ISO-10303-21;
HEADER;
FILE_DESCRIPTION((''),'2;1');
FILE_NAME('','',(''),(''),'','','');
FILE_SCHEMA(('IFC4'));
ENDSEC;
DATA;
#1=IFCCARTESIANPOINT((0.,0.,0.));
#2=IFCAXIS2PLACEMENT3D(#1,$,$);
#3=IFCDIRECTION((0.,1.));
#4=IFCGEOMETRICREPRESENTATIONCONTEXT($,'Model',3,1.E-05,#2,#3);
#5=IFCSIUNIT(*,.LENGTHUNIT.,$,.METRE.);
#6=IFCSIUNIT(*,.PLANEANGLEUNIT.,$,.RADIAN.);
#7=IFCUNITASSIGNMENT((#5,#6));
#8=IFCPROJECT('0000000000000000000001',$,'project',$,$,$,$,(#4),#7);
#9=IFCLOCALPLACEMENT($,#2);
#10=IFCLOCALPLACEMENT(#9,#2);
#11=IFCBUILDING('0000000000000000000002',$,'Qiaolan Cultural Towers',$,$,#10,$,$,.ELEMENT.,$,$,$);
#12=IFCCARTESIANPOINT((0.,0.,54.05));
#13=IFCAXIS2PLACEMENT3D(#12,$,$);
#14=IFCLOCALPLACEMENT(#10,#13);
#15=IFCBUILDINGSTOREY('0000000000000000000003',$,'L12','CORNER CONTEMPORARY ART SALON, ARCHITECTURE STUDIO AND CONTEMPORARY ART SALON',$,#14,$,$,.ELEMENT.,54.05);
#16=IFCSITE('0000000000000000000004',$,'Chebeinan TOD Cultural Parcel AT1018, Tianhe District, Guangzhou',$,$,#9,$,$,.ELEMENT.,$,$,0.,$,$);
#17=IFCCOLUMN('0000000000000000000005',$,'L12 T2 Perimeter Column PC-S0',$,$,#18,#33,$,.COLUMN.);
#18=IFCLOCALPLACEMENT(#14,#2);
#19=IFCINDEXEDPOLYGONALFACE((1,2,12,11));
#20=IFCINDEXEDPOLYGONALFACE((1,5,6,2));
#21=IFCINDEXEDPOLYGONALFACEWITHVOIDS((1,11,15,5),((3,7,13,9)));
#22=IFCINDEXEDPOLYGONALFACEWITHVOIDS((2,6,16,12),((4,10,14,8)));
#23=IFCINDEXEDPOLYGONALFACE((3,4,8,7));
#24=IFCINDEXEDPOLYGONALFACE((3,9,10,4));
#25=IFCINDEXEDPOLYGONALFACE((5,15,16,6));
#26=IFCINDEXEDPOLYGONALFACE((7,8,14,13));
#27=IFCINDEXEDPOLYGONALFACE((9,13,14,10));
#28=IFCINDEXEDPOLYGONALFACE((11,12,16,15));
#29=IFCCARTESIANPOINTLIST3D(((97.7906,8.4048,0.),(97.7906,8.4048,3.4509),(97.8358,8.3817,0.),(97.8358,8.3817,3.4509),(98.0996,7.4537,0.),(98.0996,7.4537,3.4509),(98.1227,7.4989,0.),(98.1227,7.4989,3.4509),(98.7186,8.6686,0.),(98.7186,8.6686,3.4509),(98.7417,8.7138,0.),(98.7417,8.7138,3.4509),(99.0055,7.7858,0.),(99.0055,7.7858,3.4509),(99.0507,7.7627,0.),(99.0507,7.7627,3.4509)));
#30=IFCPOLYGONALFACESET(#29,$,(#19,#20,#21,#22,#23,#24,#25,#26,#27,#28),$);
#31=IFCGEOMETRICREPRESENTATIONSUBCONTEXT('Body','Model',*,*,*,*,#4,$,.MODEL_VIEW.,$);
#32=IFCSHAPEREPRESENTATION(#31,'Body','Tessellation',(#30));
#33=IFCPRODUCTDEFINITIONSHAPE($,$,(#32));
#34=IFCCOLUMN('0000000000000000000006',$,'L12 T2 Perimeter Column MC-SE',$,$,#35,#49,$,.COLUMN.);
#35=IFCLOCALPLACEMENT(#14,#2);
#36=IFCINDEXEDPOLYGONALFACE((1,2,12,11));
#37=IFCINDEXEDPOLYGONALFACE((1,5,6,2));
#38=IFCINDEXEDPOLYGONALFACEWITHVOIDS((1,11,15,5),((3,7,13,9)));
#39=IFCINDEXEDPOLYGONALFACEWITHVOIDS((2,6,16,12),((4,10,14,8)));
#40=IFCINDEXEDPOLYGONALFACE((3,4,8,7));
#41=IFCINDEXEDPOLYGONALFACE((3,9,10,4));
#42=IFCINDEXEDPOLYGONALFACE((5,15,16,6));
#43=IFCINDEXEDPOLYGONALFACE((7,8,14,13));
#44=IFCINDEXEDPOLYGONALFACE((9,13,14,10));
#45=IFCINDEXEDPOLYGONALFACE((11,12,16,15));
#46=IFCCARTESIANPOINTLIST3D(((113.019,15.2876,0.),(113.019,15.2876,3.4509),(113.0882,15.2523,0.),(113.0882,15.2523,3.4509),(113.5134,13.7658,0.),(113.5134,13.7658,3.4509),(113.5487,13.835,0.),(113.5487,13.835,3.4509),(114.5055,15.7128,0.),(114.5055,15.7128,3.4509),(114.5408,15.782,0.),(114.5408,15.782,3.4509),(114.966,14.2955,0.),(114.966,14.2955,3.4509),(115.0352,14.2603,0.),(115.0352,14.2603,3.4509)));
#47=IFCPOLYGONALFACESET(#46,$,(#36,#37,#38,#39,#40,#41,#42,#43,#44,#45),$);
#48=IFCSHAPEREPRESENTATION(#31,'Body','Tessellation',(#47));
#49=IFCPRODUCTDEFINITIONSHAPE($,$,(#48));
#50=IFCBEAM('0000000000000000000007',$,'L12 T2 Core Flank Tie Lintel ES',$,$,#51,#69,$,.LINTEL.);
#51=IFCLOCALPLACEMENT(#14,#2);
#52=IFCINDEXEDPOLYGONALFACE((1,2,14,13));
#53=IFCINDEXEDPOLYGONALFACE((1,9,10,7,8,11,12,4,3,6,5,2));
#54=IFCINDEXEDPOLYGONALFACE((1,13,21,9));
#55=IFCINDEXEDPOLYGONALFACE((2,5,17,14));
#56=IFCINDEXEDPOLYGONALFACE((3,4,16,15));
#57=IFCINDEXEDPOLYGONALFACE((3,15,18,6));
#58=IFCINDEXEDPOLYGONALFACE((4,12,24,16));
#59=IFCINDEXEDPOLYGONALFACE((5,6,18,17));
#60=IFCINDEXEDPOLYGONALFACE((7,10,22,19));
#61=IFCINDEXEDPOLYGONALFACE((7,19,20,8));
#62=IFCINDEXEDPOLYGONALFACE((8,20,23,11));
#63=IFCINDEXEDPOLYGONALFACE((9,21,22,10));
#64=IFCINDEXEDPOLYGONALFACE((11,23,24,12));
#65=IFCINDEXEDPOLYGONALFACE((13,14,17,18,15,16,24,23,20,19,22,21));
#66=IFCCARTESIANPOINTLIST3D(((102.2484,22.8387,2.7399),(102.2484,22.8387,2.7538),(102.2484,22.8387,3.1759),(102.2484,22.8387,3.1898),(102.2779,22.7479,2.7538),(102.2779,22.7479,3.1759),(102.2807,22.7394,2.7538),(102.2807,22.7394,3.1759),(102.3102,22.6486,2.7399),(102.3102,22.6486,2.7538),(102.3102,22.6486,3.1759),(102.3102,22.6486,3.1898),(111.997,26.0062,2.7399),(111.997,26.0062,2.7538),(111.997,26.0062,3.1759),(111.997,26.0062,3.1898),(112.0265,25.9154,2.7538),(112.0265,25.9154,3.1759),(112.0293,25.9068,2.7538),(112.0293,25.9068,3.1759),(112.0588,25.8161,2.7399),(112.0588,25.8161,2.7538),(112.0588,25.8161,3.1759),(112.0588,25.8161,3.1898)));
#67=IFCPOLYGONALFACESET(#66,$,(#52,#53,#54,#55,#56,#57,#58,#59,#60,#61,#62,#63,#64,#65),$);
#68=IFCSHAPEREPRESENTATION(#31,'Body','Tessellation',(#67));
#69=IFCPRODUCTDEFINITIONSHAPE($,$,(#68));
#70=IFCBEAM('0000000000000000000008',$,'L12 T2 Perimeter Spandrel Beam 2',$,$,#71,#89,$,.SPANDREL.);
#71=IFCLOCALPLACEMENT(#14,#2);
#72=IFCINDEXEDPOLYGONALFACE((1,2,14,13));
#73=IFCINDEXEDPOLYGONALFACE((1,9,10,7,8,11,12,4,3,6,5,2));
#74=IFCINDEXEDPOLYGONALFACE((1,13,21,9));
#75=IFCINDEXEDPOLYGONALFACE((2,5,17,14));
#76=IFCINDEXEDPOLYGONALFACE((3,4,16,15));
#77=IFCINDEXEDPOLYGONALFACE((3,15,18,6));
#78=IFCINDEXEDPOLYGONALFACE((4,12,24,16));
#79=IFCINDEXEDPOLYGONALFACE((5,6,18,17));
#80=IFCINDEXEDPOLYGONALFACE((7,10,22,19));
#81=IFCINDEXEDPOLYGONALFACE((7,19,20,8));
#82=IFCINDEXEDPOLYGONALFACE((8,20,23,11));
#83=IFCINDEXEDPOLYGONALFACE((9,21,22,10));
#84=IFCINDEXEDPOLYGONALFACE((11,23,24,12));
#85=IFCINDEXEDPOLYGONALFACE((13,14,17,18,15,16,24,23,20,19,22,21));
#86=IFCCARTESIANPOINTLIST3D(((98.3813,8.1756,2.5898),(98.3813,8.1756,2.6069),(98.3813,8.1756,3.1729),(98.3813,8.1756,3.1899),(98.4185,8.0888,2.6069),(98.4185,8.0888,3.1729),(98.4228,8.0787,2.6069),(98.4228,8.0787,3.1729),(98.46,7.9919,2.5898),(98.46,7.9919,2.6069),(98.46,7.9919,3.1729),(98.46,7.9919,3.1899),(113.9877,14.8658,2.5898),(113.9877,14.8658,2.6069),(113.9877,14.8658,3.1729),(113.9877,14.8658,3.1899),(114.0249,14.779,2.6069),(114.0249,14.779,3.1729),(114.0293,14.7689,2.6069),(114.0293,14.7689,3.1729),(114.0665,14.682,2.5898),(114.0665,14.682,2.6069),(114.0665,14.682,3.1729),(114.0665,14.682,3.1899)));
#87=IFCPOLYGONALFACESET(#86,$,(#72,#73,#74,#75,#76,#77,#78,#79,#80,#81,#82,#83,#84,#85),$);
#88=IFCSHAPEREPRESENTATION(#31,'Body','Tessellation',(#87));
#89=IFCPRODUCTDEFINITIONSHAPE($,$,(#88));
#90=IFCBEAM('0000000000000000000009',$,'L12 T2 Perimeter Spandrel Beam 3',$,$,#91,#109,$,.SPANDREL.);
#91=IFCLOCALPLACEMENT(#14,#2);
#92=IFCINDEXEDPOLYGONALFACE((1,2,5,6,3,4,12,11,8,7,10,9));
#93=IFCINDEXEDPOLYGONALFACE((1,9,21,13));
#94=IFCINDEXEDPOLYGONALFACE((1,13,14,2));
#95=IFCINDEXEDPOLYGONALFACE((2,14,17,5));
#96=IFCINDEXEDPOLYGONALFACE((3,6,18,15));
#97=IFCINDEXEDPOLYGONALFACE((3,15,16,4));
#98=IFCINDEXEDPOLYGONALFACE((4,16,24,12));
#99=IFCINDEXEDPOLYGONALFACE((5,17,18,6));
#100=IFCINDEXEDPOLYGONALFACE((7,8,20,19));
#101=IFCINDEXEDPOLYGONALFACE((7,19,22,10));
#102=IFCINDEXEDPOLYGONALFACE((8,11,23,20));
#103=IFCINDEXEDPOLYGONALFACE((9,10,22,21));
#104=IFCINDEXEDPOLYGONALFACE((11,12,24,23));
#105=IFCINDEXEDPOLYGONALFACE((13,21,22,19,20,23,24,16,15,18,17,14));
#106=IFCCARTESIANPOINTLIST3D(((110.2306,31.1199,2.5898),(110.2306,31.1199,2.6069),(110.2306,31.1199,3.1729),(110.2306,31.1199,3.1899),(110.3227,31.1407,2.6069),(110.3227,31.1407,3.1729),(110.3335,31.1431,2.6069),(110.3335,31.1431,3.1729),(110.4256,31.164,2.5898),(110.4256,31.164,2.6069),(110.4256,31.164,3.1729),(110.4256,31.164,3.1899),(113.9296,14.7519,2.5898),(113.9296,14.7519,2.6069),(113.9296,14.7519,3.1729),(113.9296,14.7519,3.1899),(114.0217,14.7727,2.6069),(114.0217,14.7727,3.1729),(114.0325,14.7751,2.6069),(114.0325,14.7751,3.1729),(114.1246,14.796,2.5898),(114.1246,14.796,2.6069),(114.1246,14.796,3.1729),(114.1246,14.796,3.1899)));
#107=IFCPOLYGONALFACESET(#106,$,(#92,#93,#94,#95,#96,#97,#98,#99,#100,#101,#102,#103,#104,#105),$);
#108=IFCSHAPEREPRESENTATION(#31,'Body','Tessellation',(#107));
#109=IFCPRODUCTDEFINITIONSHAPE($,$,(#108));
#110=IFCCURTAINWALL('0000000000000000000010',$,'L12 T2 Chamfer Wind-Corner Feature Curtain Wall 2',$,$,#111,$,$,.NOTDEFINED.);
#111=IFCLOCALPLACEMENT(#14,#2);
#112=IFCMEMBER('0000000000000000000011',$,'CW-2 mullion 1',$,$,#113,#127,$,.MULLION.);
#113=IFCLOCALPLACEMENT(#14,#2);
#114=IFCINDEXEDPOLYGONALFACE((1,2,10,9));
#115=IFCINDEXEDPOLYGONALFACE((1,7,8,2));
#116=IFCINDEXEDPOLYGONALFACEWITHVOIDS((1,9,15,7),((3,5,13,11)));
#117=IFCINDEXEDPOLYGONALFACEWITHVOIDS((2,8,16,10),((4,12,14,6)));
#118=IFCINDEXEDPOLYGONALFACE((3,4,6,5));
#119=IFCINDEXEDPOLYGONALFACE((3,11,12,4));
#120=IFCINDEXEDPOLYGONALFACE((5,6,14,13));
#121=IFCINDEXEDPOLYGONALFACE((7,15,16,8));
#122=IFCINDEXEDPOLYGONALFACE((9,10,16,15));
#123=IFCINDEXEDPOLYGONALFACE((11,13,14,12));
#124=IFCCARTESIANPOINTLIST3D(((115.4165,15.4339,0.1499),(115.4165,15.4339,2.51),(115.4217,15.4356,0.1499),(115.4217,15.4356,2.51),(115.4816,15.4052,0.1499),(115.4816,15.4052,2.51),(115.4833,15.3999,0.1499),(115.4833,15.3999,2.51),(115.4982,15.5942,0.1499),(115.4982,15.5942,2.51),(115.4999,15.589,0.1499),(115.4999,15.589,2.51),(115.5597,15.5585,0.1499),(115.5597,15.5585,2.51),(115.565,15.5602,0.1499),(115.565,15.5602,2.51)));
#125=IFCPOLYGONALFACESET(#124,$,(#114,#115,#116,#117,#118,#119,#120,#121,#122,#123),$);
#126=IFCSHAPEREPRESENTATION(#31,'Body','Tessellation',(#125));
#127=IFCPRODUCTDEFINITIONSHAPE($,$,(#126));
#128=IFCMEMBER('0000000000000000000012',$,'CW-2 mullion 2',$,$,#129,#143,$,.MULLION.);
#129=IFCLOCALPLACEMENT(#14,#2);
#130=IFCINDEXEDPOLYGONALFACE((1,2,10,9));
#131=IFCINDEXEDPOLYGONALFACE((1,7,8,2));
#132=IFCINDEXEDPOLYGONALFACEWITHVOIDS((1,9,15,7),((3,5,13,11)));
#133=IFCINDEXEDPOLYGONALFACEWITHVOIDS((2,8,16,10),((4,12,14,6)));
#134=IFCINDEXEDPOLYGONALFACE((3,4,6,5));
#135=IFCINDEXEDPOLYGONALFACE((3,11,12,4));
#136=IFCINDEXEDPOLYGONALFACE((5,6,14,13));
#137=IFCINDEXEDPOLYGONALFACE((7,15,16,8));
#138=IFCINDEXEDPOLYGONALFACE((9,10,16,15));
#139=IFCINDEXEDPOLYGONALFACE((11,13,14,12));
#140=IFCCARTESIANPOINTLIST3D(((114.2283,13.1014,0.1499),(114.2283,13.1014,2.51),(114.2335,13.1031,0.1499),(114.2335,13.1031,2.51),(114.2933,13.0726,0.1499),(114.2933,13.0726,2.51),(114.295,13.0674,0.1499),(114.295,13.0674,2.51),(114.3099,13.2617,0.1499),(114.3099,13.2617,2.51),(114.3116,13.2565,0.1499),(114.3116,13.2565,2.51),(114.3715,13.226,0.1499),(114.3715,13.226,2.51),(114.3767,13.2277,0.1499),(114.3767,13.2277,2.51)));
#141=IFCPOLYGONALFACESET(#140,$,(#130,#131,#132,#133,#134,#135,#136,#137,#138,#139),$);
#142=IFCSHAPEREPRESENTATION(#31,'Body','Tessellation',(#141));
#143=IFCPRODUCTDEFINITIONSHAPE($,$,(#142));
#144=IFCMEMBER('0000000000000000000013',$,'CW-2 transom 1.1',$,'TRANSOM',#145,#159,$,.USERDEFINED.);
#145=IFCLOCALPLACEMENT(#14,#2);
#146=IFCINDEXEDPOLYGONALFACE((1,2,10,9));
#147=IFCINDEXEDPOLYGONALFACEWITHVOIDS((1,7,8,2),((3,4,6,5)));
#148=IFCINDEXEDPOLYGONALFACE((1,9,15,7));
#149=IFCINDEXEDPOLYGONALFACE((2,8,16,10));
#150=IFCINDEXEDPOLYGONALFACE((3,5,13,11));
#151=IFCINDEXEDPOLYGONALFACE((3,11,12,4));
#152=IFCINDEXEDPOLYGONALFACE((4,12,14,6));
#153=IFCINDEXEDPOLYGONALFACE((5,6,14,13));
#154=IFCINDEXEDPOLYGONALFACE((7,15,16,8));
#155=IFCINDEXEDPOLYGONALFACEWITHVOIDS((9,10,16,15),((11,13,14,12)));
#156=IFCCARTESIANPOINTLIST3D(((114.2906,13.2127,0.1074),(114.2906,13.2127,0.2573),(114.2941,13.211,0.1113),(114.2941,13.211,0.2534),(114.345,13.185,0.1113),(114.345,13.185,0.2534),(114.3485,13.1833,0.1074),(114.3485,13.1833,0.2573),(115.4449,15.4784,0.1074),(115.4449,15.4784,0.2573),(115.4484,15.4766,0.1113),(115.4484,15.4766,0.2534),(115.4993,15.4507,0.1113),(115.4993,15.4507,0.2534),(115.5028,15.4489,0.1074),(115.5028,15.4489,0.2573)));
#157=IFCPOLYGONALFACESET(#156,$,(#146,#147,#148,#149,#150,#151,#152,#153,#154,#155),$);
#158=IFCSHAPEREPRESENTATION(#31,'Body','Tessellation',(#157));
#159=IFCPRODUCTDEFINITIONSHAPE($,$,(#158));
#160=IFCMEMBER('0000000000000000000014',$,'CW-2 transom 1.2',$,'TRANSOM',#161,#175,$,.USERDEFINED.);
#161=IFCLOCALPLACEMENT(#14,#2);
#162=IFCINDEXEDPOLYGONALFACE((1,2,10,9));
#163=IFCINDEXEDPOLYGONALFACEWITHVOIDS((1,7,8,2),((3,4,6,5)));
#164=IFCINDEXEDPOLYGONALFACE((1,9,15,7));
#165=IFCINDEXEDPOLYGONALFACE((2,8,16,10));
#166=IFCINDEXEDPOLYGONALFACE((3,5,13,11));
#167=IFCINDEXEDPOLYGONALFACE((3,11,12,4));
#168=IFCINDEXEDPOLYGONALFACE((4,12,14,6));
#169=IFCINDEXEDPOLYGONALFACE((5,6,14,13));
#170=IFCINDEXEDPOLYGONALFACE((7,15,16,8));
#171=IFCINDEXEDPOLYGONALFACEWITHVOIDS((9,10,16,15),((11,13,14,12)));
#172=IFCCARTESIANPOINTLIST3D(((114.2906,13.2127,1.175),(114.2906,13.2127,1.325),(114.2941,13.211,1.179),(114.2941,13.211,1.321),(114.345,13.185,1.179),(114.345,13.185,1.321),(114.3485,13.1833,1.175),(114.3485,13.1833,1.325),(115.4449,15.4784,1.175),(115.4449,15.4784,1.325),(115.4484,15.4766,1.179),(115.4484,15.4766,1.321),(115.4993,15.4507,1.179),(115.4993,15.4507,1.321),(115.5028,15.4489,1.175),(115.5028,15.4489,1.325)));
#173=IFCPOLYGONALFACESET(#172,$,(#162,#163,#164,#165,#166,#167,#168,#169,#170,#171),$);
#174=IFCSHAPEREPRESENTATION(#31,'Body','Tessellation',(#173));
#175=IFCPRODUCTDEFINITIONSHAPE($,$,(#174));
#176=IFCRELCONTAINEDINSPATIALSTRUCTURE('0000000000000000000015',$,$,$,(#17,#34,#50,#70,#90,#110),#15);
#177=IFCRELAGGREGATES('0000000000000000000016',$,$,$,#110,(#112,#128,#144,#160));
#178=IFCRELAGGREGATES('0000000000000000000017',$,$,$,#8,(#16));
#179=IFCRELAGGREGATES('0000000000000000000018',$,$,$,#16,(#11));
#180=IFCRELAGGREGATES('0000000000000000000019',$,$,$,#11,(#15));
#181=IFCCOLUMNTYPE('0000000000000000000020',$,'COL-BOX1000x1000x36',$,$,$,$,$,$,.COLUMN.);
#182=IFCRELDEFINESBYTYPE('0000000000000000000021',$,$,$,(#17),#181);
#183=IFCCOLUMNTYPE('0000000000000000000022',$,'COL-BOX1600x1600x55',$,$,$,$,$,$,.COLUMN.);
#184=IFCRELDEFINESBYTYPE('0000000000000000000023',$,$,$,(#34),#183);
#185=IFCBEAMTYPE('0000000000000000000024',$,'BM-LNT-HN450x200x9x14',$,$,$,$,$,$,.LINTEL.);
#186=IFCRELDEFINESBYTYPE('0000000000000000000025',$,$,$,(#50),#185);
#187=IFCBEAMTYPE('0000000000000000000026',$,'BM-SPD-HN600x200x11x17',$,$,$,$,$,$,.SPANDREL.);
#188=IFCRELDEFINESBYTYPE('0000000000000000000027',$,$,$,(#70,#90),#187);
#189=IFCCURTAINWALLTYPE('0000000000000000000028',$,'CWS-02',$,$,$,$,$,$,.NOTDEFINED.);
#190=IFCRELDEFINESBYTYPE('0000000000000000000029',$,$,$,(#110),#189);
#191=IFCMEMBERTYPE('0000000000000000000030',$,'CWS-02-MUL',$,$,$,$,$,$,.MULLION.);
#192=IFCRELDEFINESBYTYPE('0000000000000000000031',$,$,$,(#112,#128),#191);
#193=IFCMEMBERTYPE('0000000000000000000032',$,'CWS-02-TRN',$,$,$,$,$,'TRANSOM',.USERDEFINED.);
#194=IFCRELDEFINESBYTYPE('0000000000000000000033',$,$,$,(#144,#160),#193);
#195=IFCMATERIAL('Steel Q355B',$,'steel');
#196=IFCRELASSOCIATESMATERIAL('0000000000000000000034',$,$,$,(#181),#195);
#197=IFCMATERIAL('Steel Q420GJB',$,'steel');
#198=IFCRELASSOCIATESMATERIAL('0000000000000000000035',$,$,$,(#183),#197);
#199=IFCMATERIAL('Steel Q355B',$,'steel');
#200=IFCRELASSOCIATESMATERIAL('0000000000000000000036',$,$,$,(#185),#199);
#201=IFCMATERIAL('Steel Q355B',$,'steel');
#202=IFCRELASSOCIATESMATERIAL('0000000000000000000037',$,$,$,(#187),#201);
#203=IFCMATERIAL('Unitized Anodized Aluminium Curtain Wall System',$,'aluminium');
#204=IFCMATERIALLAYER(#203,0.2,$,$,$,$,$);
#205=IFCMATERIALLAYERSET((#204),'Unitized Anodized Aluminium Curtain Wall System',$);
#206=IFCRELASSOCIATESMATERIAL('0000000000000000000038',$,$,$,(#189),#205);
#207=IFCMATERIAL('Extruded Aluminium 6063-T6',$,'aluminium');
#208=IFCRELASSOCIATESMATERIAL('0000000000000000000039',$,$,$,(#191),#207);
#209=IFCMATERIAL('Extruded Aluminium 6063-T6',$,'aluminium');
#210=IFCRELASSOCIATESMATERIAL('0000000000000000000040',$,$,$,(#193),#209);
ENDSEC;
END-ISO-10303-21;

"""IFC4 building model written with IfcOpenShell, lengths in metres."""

from ifc_helpers import new_model, si_unit, direction, frame, origin, origin_2d, place, context, subcontext, project, spatial, hollow_rectangle, i_section, extrude, material, layer, layer_set, material_profile, profile_set, type_object, element, aggregate, save


model = new_model("IFC4")

# Units and contexts
model_context = context("Model", 3, precision=1e-05, world=origin(), true_north=direction((0.0, 1.0)))
body_context = subcontext(model_context, "Body", "Model", "MODEL_VIEW")
ifc_project = project(units=[si_unit("LENGTHUNIT", "METRE"), si_unit("PLANEANGLEUNIT", "RADIAN")], contexts=[model_context])

# Site, building, storey
site_placement = place(None, origin())
site = spatial("IfcSite", under=ifc_project, at=site_placement, Name="Chebeinan TOD Cultural Parcel AT1018, Tianhe District, Guangzhou", CompositionType="ELEMENT", RefElevation=0.0)
building_placement = place(site_placement, origin())
building = spatial("IfcBuilding", under=site, at=building_placement, Name="Qiaolan Cultural Towers", CompositionType="ELEMENT")
storey_placement = place(building_placement, frame((0.0, 0.0, 54.05)))
storey = spatial("IfcBuildingStorey", under=building, at=storey_placement, Name="L12", Description="CORNER CONTEMPORARY ART SALON, ARCHITECTURE STUDIO AND CONTEMPORARY ART SALON", CompositionType="ELEMENT", Elevation=54.05)

# Columns
ifc_material_1 = material(Name="Steel Q355B", Category="steel")
ifc_material_profile_1 = material_profile(ifc_material_1, hollow_rectangle(XDim=1.0, YDim=1.0, WallThickness=0.0359, at=origin_2d()), Name="BOX1000x1000x36")
ifc_profile_set_1 = profile_set([ifc_material_profile_1], Name="Steel Q355B")
column_type_1 = type_object("IfcColumnType", Name="COL-BOX1000x1000x36", PredefinedType="COLUMN", material=ifc_profile_set_1)
column_1_placement = place(storey_placement, frame((98.4207, 8.0837, 0.0), z_axis=(0.0, 0.0, 1.0), x_axis=(0.951057, 0.309017, 0.0)))
element("IfcColumn", 1, at=column_1_placement, inside=storey, type_object=column_type_1, Name="L12 T2 Perimeter Column PC-S0", PredefinedType="COLUMN", context=body_context, shape_type="SweptSolid", body=[
    extrude(hollow_rectangle(XDim=1.0, YDim=1.0, WallThickness=0.0359, at=origin_2d()), origin(), (0.0, 0.0, 1.0), 3.4509),
])
ifc_material_2 = material(Name="Steel Q420GJB", Category="steel")
ifc_material_profile_2 = material_profile(ifc_material_2, hollow_rectangle(XDim=1.6001, YDim=1.6001, WallThickness=0.0549, at=origin_2d()), Name="BOX1600x1600x55")
ifc_profile_set_2 = profile_set([ifc_material_profile_2], Name="Steel Q420GJB")
column_type_2 = type_object("IfcColumnType", Name="COL-BOX1600x1600x55", PredefinedType="COLUMN", material=ifc_profile_set_2)
column_2_placement = place(storey_placement, frame((114.0271, 14.7739, 0.0), z_axis=(0.0, 0.0, 1.0), x_axis=(0.951057, 0.309017, 0.0)))
element("IfcColumn", 2, at=column_2_placement, inside=storey, type_object=column_type_2, Name="L12 T2 Perimeter Column MC-SE", PredefinedType="COLUMN", context=body_context, shape_type="SweptSolid", body=[
    extrude(hollow_rectangle(XDim=1.6001, YDim=1.6001, WallThickness=0.0549, at=origin_2d()), origin(), (0.0, 0.0, 1.0), 3.4509),
])

# Beams
ifc_material_3 = material(Name="Steel Q355B", Category="steel")
ifc_material_profile_3 = material_profile(ifc_material_3, i_section(OverallWidth=0.2, OverallDepth=0.45, WebThickness=0.009, FlangeThickness=0.0139, at=origin_2d()), Name="HN450x200x9x14")
ifc_profile_set_3 = profile_set([ifc_material_profile_3], Name="Steel Q355B")
beam_type_1 = type_object("IfcBeamType", Name="BM-LNT-HN450x200x9x14", PredefinedType="LINTEL", material=ifc_profile_set_3)
beam_1_placement = place(storey_placement, frame((102.2793, 22.7437, 2.9648), z_axis=(0.951057, 0.309016, 0.0), x_axis=(-0.309016, 0.951057, 0.0)))
element("IfcBeam", 3, at=beam_1_placement, inside=storey, type_object=beam_type_1, Name="L12 T2 Core Flank Tie Lintel ES", PredefinedType="LINTEL", context=body_context, shape_type="SweptSolid", body=[
    extrude(i_section(OverallWidth=0.2, OverallDepth=0.45, WebThickness=0.009, FlangeThickness=0.0139, at=origin_2d()), origin(), (0.0, 0.0, 1.0), 10.2502),
])
ifc_material_4 = material(Name="Steel Q355B", Category="steel")
ifc_material_profile_4 = material_profile(ifc_material_4, i_section(OverallWidth=0.2, OverallDepth=0.6001, WebThickness=0.011, FlangeThickness=0.0171, at=origin_2d()), Name="HN600x200x11x17")
ifc_profile_set_4 = profile_set([ifc_material_profile_4], Name="Steel Q355B")
beam_type_2 = type_object("IfcBeamType", Name="BM-SPD-HN600x200x11x17", PredefinedType="SPANDREL", material=ifc_profile_set_4)
beam_2_placement = place(storey_placement, frame((98.4207, 8.0837, 2.8899), z_axis=(0.919109, 0.394004, 0.0), x_axis=(-0.394004, 0.919109, 0.0)))
element("IfcBeam", 4, at=beam_2_placement, inside=storey, type_object=beam_type_2, Name="L12 T2 Perimeter Spandrel Beam 2", PredefinedType="SPANDREL", context=body_context, shape_type="SweptSolid", body=[
    extrude(i_section(OverallWidth=0.2, OverallDepth=0.6001, WebThickness=0.011, FlangeThickness=0.0171, at=origin_2d()), origin(), (0.0, 0.0, 1.0), 16.98),
])
beam_3_placement = place(storey_placement, frame((114.0271, 14.7739, 2.8899), z_axis=(-0.220431, 0.975403, 0.0), x_axis=(-0.975403, -0.220431, 0.0)))
element("IfcBeam", 5, at=beam_3_placement, inside=storey, type_object=beam_type_2, Name="L12 T2 Perimeter Spandrel Beam 3", PredefinedType="SPANDREL", context=body_context, shape_type="SweptSolid", body=[
    extrude(i_section(OverallWidth=0.2, OverallDepth=0.6001, WebThickness=0.011, FlangeThickness=0.0171, at=origin_2d()), origin(), (0.0, 0.0, 1.0), 16.7808),
])

# Curtain wall, members
ifc_material_5 = material(Name="Unitized Anodized Aluminium Curtain Wall System", Category="aluminium")
ifc_layer_1 = layer(ifc_material_5, 0.2)
ifc_layer_set_1 = layer_set([ifc_layer_1], Name="Unitized Anodized Aluminium Curtain Wall System")
curtain_wall_type = type_object("IfcCurtainWallType", Name="CWS-02", PredefinedType="NOTDEFINED", material=ifc_layer_set_1)
curtain_wall_placement = place(storey_placement, origin())
curtain_wall = element("IfcCurtainWall", 6, at=curtain_wall_placement, inside=storey, type_object=curtain_wall_type, Name="L12 T2 Chamfer Wind-Corner Feature Curtain Wall 2", PredefinedType="NOTDEFINED")
ifc_material_6 = material(Name="Extruded Aluminium 6063-T6", Category="aluminium")
ifc_material_profile_5 = material_profile(ifc_material_6, hollow_rectangle(XDim=0.075, YDim=0.1799, WallThickness=0.0039, at=origin_2d()), Name="CWM-180x75x4")
ifc_profile_set_5 = profile_set([ifc_material_profile_5], Name="Extruded Aluminium 6063-T6")
member_type_1 = type_object("IfcMemberType", Name="CWS-02-MUL", PredefinedType="MULLION", material=ifc_profile_set_5)
member_1_placement = place(storey_placement, frame((115.4907, 15.4971, 0.1499), z_axis=(0.0, 0.0, 1.0), x_axis=(0.891007, -0.45399, 0.0)))
member_1 = element("IfcMember", 7, at=member_1_placement, type_object=member_type_1, Name="CW-2 mullion 1", PredefinedType="MULLION", context=body_context, shape_type="SweptSolid", body=[
    extrude(hollow_rectangle(XDim=0.075, YDim=0.1799, WallThickness=0.0039, at=origin_2d()), origin(), (0.0, 0.0, 1.0), 2.3601),
])
member_2_placement = place(storey_placement, frame((114.3025, 13.1646, 0.1499), z_axis=(0.0, 0.0, 1.0), x_axis=(0.891007, -0.45399, 0.0)))
member_2 = element("IfcMember", 8, at=member_2_placement, type_object=member_type_1, Name="CW-2 mullion 2", PredefinedType="MULLION", context=body_context, shape_type="SweptSolid", body=[
    extrude(hollow_rectangle(XDim=0.075, YDim=0.1799, WallThickness=0.0039, at=origin_2d()), origin(), (0.0, 0.0, 1.0), 2.3601),
])
ifc_material_7 = material(Name="Extruded Aluminium 6063-T6", Category="aluminium")
ifc_material_profile_6 = material_profile(ifc_material_7, hollow_rectangle(XDim=0.0649, YDim=0.1499, WallThickness=0.0039, at=origin_2d()), Name="CWT-150x65x4")
ifc_profile_set_6 = profile_set([ifc_material_profile_6], Name="Extruded Aluminium 6063-T6")
member_type_2 = type_object("IfcMemberType", Name="CWS-02-TRN", ElementType="TRANSOM", PredefinedType="USERDEFINED", material=ifc_profile_set_6)
member_3_placement = place(storey_placement, frame((115.4739, 15.4636, 0.1824), z_axis=(-0.45396, -0.891022, 0.0), x_axis=(0.891022, -0.45396, 0.0)))
member_3 = element("IfcMember", 9, at=member_3_placement, type_object=member_type_2, Name="CW-2 transom 1.1", ObjectType="TRANSOM", PredefinedType="USERDEFINED", context=body_context, shape_type="SweptSolid", body=[
    extrude(hollow_rectangle(XDim=0.0649, YDim=0.1499, WallThickness=0.0039, at=origin_2d()), origin(), (0.0, 0.0, 1.0), 2.5427),
])
member_4_placement = place(storey_placement, frame((115.4739, 15.4636, 1.25), z_axis=(-0.45396, -0.891022, 0.0), x_axis=(0.891022, -0.45396, 0.0)))
member_4 = element("IfcMember", 10, at=member_4_placement, type_object=member_type_2, Name="CW-2 transom 1.2", ObjectType="TRANSOM", PredefinedType="USERDEFINED", context=body_context, shape_type="SweptSolid", body=[
    extrude(hollow_rectangle(XDim=0.0649, YDim=0.1499, WallThickness=0.0039, at=origin_2d()), origin(), (0.0, 0.0, 1.0), 2.5427),
])
aggregate(curtain_wall, [member_1, member_2, member_3, member_4])

save(model, "model.ifc")
